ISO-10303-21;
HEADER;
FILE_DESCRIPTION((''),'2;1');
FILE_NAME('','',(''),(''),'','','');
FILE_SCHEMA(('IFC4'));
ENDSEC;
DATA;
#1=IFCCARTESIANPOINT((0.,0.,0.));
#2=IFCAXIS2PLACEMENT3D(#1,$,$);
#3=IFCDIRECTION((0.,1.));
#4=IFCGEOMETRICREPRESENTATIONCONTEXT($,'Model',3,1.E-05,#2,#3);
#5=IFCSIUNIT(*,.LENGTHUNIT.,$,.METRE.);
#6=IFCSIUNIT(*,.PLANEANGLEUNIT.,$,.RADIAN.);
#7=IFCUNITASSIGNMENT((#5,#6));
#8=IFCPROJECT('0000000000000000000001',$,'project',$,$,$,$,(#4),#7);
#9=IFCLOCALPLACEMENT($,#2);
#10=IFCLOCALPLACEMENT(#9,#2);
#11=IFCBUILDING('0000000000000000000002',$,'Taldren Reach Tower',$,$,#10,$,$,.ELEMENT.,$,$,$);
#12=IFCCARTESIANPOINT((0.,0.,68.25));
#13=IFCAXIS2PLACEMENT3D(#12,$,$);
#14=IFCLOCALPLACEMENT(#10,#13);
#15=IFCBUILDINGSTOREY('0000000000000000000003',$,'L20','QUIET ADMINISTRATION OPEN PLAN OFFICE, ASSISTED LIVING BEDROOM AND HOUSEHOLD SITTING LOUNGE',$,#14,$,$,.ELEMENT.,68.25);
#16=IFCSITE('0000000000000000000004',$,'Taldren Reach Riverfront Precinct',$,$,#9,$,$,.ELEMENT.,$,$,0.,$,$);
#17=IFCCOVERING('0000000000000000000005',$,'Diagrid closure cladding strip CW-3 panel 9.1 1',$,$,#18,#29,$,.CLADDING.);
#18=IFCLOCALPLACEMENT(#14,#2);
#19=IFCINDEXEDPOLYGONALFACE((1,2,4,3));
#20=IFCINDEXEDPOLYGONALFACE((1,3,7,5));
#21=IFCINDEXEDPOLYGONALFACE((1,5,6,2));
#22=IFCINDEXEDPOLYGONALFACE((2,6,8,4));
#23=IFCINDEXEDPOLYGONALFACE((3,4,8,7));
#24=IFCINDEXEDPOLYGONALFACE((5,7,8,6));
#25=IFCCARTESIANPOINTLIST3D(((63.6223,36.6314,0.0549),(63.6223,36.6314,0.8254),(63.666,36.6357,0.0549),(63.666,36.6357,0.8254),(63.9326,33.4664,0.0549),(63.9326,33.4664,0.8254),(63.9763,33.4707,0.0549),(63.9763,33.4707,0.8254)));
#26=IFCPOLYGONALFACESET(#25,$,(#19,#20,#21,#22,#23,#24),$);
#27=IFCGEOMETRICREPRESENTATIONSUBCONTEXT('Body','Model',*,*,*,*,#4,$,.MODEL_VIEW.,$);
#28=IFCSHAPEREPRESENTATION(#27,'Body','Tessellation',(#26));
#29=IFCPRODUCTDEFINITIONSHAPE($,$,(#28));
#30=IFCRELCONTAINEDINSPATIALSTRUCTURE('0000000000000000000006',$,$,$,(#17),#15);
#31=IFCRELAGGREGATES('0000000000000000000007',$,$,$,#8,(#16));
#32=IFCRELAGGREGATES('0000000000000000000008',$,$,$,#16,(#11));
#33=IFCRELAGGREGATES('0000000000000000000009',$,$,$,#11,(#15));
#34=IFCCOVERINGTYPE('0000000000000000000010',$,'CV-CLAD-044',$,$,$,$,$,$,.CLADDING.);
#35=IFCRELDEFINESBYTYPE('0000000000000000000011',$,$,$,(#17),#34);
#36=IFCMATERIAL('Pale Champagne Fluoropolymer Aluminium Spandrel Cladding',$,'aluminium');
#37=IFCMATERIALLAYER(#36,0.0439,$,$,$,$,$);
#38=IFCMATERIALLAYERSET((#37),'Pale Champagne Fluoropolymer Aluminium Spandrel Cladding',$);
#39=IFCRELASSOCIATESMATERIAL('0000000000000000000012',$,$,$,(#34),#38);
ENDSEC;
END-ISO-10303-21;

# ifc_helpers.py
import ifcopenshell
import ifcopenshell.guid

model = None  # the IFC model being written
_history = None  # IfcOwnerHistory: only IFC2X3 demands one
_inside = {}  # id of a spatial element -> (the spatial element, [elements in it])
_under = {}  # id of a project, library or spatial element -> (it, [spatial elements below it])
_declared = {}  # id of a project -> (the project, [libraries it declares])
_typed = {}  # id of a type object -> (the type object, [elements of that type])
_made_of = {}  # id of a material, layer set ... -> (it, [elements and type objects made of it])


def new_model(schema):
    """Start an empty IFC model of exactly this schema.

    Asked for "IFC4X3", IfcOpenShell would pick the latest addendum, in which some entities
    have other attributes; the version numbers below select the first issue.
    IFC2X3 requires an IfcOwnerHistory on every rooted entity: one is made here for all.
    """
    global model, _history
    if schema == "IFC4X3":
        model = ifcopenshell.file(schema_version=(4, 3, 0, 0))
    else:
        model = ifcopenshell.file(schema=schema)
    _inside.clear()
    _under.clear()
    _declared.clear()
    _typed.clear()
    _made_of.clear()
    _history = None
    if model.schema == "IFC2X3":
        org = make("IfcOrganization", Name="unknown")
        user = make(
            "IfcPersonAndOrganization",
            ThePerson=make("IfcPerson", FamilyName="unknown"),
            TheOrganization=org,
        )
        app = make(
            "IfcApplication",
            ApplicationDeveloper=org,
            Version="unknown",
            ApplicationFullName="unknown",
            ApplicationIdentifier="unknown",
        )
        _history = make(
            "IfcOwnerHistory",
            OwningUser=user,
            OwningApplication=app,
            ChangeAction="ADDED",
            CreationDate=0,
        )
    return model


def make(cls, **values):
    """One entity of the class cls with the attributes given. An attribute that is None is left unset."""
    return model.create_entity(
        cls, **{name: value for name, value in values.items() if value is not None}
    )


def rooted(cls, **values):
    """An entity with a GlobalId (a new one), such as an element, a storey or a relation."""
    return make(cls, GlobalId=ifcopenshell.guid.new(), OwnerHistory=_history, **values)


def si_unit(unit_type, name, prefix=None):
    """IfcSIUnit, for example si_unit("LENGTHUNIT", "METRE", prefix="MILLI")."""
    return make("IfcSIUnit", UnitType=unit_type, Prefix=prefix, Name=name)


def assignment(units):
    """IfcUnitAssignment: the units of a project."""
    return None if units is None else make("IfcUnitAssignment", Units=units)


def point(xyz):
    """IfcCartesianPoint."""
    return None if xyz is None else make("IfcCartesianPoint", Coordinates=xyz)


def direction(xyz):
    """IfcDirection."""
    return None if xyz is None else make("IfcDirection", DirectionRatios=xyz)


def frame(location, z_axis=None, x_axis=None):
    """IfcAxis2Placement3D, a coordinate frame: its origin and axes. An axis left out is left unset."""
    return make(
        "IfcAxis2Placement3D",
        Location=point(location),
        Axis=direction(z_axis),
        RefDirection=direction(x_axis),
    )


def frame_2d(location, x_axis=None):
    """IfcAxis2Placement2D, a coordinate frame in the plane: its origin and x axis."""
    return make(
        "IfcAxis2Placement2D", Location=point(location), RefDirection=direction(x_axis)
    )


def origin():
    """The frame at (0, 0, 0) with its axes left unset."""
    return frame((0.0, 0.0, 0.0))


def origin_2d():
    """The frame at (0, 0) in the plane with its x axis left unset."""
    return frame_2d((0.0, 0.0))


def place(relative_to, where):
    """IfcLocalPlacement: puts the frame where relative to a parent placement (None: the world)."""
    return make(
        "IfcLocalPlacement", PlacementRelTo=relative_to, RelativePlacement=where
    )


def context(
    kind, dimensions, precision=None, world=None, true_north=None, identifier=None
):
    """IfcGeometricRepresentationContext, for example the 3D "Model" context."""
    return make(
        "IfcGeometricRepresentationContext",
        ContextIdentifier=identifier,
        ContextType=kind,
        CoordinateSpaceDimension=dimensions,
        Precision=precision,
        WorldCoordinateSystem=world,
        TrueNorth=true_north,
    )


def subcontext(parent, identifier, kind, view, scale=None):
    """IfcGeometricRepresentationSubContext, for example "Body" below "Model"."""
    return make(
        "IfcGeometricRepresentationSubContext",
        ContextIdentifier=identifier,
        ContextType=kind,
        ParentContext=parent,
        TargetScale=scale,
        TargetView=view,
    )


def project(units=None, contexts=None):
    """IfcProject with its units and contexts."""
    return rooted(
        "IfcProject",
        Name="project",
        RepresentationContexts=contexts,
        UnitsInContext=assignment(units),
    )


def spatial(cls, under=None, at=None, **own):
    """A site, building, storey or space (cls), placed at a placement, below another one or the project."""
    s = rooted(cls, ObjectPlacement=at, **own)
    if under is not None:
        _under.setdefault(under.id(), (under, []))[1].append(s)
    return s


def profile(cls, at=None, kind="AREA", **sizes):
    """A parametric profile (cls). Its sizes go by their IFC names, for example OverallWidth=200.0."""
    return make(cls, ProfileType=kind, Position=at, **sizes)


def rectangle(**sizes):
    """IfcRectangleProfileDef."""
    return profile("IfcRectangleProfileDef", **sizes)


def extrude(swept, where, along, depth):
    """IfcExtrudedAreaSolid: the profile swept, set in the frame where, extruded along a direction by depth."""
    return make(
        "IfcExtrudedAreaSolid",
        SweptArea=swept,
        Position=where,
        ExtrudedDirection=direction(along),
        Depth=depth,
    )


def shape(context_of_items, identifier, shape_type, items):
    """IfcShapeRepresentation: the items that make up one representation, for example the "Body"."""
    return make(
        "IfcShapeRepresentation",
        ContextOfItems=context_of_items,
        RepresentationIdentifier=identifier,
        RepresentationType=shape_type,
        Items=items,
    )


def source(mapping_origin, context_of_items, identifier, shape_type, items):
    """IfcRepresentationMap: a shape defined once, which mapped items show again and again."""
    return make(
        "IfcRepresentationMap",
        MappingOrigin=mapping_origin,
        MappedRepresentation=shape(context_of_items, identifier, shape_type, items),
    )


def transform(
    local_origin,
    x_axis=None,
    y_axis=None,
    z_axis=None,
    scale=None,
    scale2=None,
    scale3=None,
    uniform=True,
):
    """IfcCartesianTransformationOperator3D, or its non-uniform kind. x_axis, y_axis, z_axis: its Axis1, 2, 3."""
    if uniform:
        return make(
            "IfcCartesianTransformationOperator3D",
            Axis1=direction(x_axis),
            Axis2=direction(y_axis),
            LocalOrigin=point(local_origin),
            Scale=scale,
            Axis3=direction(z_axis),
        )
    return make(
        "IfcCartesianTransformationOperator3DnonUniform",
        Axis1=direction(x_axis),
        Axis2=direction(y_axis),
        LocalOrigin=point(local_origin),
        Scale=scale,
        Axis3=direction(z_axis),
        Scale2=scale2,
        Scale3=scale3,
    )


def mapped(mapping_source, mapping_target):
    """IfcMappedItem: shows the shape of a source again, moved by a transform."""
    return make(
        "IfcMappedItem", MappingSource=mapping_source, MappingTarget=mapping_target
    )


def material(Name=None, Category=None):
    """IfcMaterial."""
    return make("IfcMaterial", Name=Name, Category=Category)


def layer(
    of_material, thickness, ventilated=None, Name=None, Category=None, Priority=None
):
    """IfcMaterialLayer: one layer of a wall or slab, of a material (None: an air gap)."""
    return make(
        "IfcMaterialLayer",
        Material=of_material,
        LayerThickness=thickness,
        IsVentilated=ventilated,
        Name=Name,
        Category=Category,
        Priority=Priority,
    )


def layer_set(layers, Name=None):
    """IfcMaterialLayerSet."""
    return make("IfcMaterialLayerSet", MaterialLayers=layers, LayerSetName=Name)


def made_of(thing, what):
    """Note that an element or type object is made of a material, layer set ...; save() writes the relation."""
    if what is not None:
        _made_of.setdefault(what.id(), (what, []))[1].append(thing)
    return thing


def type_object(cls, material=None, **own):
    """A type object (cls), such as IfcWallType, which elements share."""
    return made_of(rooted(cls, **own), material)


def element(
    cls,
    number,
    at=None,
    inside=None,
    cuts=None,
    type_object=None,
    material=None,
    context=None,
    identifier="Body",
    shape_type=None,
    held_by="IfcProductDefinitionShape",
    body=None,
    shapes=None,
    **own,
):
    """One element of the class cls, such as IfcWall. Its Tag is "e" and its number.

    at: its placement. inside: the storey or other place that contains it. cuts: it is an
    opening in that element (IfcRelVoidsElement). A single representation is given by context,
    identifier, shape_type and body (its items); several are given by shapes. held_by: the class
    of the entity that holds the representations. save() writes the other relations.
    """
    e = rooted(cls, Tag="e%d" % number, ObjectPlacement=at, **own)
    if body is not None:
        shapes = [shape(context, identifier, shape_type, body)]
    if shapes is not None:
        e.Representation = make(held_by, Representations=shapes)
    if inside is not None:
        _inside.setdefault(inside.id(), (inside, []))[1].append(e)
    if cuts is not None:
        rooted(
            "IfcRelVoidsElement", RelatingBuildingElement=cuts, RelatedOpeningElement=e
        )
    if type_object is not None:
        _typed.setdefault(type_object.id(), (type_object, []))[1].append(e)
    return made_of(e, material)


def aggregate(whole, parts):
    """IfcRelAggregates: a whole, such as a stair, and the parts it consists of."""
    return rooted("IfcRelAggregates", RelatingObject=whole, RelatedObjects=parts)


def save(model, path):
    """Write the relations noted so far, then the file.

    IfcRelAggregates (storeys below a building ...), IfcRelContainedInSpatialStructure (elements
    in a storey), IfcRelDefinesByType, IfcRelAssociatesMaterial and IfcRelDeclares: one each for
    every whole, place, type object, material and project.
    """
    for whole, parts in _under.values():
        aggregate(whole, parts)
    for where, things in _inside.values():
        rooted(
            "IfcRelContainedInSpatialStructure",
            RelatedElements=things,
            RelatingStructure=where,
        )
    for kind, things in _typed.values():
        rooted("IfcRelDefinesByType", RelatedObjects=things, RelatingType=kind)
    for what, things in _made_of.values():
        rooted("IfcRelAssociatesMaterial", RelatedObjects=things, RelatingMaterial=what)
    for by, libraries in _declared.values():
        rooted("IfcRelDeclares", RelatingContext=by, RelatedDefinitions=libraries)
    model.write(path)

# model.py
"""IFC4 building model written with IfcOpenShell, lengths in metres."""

from ifc_helpers import new_model, si_unit, direction, frame, origin, origin_2d, place, context, subcontext, project, spatial, rectangle, extrude, source, transform, mapped, material, layer, layer_set, type_object, element, save


model = new_model("IFC4")

# Units and contexts
model_context = context("Model", 3, precision=1e-05, world=origin(), true_north=direction((0.0, 1.0)))
body_context = subcontext(model_context, "Body", "Model", "MODEL_VIEW")
ifc_project = project(units=[si_unit("LENGTHUNIT", "METRE"), si_unit("PLANEANGLEUNIT", "RADIAN")], contexts=[model_context])

# Site, building, storey
site_placement = place(None, origin())
site = spatial("IfcSite", under=ifc_project, at=site_placement, Name="Taldren Reach Riverfront Precinct", CompositionType="ELEMENT", RefElevation=0.0)
building_placement = place(site_placement, origin())
building = spatial("IfcBuilding", under=site, at=building_placement, Name="Taldren Reach Tower", CompositionType="ELEMENT")
storey_placement = place(building_placement, frame((0.0, 0.0, 68.25)))
storey = spatial("IfcBuildingStorey", under=building, at=storey_placement, Name="L20", Description="QUIET ADMINISTRATION OPEN PLAN OFFICE, ASSISTED LIVING BEDROOM AND HOUSEHOLD SITTING LOUNGE", CompositionType="ELEMENT", Elevation=68.25)

# Covering
ifc_material_1 = material(Name="Pale Champagne Fluoropolymer Aluminium Spandrel Cladding", Category="aluminium")
ifc_layer_1 = layer(ifc_material_1, 0.0439)
ifc_layer_set_1 = layer_set([ifc_layer_1], Name="Pale Champagne Fluoropolymer Aluminium Spandrel Cladding")
covering_type = type_object("IfcCoveringType", Name="CV-CLAD-044", PredefinedType="CLADDING", material=ifc_layer_set_1)
shared_shape_1 = source(origin(), body_context, "Body", "SweptSolid", [
    extrude(rectangle(XDim=3.1802, YDim=0.0439, at=origin_2d()), origin(), (0.0, 0.0, 1.0), 0.7705),
])
covering_placement = place(storey_placement, frame((63.7993, 35.051, 0.0549), z_axis=(0.0, 0.0, 1.0), x_axis=(-0.097583, 0.995227, 0.0)))
element("IfcCovering", 1, at=covering_placement, inside=storey, type_object=covering_type, Name="Diagrid closure cladding strip CW-3 panel 9.1 1", PredefinedType="CLADDING", context=body_context, shape_type="MappedRepresentation", body=[
    mapped(shared_shape_1, transform((0.0, 0.0, 0.0), scale=1.0)),
])

save(model, "model.ifc")
